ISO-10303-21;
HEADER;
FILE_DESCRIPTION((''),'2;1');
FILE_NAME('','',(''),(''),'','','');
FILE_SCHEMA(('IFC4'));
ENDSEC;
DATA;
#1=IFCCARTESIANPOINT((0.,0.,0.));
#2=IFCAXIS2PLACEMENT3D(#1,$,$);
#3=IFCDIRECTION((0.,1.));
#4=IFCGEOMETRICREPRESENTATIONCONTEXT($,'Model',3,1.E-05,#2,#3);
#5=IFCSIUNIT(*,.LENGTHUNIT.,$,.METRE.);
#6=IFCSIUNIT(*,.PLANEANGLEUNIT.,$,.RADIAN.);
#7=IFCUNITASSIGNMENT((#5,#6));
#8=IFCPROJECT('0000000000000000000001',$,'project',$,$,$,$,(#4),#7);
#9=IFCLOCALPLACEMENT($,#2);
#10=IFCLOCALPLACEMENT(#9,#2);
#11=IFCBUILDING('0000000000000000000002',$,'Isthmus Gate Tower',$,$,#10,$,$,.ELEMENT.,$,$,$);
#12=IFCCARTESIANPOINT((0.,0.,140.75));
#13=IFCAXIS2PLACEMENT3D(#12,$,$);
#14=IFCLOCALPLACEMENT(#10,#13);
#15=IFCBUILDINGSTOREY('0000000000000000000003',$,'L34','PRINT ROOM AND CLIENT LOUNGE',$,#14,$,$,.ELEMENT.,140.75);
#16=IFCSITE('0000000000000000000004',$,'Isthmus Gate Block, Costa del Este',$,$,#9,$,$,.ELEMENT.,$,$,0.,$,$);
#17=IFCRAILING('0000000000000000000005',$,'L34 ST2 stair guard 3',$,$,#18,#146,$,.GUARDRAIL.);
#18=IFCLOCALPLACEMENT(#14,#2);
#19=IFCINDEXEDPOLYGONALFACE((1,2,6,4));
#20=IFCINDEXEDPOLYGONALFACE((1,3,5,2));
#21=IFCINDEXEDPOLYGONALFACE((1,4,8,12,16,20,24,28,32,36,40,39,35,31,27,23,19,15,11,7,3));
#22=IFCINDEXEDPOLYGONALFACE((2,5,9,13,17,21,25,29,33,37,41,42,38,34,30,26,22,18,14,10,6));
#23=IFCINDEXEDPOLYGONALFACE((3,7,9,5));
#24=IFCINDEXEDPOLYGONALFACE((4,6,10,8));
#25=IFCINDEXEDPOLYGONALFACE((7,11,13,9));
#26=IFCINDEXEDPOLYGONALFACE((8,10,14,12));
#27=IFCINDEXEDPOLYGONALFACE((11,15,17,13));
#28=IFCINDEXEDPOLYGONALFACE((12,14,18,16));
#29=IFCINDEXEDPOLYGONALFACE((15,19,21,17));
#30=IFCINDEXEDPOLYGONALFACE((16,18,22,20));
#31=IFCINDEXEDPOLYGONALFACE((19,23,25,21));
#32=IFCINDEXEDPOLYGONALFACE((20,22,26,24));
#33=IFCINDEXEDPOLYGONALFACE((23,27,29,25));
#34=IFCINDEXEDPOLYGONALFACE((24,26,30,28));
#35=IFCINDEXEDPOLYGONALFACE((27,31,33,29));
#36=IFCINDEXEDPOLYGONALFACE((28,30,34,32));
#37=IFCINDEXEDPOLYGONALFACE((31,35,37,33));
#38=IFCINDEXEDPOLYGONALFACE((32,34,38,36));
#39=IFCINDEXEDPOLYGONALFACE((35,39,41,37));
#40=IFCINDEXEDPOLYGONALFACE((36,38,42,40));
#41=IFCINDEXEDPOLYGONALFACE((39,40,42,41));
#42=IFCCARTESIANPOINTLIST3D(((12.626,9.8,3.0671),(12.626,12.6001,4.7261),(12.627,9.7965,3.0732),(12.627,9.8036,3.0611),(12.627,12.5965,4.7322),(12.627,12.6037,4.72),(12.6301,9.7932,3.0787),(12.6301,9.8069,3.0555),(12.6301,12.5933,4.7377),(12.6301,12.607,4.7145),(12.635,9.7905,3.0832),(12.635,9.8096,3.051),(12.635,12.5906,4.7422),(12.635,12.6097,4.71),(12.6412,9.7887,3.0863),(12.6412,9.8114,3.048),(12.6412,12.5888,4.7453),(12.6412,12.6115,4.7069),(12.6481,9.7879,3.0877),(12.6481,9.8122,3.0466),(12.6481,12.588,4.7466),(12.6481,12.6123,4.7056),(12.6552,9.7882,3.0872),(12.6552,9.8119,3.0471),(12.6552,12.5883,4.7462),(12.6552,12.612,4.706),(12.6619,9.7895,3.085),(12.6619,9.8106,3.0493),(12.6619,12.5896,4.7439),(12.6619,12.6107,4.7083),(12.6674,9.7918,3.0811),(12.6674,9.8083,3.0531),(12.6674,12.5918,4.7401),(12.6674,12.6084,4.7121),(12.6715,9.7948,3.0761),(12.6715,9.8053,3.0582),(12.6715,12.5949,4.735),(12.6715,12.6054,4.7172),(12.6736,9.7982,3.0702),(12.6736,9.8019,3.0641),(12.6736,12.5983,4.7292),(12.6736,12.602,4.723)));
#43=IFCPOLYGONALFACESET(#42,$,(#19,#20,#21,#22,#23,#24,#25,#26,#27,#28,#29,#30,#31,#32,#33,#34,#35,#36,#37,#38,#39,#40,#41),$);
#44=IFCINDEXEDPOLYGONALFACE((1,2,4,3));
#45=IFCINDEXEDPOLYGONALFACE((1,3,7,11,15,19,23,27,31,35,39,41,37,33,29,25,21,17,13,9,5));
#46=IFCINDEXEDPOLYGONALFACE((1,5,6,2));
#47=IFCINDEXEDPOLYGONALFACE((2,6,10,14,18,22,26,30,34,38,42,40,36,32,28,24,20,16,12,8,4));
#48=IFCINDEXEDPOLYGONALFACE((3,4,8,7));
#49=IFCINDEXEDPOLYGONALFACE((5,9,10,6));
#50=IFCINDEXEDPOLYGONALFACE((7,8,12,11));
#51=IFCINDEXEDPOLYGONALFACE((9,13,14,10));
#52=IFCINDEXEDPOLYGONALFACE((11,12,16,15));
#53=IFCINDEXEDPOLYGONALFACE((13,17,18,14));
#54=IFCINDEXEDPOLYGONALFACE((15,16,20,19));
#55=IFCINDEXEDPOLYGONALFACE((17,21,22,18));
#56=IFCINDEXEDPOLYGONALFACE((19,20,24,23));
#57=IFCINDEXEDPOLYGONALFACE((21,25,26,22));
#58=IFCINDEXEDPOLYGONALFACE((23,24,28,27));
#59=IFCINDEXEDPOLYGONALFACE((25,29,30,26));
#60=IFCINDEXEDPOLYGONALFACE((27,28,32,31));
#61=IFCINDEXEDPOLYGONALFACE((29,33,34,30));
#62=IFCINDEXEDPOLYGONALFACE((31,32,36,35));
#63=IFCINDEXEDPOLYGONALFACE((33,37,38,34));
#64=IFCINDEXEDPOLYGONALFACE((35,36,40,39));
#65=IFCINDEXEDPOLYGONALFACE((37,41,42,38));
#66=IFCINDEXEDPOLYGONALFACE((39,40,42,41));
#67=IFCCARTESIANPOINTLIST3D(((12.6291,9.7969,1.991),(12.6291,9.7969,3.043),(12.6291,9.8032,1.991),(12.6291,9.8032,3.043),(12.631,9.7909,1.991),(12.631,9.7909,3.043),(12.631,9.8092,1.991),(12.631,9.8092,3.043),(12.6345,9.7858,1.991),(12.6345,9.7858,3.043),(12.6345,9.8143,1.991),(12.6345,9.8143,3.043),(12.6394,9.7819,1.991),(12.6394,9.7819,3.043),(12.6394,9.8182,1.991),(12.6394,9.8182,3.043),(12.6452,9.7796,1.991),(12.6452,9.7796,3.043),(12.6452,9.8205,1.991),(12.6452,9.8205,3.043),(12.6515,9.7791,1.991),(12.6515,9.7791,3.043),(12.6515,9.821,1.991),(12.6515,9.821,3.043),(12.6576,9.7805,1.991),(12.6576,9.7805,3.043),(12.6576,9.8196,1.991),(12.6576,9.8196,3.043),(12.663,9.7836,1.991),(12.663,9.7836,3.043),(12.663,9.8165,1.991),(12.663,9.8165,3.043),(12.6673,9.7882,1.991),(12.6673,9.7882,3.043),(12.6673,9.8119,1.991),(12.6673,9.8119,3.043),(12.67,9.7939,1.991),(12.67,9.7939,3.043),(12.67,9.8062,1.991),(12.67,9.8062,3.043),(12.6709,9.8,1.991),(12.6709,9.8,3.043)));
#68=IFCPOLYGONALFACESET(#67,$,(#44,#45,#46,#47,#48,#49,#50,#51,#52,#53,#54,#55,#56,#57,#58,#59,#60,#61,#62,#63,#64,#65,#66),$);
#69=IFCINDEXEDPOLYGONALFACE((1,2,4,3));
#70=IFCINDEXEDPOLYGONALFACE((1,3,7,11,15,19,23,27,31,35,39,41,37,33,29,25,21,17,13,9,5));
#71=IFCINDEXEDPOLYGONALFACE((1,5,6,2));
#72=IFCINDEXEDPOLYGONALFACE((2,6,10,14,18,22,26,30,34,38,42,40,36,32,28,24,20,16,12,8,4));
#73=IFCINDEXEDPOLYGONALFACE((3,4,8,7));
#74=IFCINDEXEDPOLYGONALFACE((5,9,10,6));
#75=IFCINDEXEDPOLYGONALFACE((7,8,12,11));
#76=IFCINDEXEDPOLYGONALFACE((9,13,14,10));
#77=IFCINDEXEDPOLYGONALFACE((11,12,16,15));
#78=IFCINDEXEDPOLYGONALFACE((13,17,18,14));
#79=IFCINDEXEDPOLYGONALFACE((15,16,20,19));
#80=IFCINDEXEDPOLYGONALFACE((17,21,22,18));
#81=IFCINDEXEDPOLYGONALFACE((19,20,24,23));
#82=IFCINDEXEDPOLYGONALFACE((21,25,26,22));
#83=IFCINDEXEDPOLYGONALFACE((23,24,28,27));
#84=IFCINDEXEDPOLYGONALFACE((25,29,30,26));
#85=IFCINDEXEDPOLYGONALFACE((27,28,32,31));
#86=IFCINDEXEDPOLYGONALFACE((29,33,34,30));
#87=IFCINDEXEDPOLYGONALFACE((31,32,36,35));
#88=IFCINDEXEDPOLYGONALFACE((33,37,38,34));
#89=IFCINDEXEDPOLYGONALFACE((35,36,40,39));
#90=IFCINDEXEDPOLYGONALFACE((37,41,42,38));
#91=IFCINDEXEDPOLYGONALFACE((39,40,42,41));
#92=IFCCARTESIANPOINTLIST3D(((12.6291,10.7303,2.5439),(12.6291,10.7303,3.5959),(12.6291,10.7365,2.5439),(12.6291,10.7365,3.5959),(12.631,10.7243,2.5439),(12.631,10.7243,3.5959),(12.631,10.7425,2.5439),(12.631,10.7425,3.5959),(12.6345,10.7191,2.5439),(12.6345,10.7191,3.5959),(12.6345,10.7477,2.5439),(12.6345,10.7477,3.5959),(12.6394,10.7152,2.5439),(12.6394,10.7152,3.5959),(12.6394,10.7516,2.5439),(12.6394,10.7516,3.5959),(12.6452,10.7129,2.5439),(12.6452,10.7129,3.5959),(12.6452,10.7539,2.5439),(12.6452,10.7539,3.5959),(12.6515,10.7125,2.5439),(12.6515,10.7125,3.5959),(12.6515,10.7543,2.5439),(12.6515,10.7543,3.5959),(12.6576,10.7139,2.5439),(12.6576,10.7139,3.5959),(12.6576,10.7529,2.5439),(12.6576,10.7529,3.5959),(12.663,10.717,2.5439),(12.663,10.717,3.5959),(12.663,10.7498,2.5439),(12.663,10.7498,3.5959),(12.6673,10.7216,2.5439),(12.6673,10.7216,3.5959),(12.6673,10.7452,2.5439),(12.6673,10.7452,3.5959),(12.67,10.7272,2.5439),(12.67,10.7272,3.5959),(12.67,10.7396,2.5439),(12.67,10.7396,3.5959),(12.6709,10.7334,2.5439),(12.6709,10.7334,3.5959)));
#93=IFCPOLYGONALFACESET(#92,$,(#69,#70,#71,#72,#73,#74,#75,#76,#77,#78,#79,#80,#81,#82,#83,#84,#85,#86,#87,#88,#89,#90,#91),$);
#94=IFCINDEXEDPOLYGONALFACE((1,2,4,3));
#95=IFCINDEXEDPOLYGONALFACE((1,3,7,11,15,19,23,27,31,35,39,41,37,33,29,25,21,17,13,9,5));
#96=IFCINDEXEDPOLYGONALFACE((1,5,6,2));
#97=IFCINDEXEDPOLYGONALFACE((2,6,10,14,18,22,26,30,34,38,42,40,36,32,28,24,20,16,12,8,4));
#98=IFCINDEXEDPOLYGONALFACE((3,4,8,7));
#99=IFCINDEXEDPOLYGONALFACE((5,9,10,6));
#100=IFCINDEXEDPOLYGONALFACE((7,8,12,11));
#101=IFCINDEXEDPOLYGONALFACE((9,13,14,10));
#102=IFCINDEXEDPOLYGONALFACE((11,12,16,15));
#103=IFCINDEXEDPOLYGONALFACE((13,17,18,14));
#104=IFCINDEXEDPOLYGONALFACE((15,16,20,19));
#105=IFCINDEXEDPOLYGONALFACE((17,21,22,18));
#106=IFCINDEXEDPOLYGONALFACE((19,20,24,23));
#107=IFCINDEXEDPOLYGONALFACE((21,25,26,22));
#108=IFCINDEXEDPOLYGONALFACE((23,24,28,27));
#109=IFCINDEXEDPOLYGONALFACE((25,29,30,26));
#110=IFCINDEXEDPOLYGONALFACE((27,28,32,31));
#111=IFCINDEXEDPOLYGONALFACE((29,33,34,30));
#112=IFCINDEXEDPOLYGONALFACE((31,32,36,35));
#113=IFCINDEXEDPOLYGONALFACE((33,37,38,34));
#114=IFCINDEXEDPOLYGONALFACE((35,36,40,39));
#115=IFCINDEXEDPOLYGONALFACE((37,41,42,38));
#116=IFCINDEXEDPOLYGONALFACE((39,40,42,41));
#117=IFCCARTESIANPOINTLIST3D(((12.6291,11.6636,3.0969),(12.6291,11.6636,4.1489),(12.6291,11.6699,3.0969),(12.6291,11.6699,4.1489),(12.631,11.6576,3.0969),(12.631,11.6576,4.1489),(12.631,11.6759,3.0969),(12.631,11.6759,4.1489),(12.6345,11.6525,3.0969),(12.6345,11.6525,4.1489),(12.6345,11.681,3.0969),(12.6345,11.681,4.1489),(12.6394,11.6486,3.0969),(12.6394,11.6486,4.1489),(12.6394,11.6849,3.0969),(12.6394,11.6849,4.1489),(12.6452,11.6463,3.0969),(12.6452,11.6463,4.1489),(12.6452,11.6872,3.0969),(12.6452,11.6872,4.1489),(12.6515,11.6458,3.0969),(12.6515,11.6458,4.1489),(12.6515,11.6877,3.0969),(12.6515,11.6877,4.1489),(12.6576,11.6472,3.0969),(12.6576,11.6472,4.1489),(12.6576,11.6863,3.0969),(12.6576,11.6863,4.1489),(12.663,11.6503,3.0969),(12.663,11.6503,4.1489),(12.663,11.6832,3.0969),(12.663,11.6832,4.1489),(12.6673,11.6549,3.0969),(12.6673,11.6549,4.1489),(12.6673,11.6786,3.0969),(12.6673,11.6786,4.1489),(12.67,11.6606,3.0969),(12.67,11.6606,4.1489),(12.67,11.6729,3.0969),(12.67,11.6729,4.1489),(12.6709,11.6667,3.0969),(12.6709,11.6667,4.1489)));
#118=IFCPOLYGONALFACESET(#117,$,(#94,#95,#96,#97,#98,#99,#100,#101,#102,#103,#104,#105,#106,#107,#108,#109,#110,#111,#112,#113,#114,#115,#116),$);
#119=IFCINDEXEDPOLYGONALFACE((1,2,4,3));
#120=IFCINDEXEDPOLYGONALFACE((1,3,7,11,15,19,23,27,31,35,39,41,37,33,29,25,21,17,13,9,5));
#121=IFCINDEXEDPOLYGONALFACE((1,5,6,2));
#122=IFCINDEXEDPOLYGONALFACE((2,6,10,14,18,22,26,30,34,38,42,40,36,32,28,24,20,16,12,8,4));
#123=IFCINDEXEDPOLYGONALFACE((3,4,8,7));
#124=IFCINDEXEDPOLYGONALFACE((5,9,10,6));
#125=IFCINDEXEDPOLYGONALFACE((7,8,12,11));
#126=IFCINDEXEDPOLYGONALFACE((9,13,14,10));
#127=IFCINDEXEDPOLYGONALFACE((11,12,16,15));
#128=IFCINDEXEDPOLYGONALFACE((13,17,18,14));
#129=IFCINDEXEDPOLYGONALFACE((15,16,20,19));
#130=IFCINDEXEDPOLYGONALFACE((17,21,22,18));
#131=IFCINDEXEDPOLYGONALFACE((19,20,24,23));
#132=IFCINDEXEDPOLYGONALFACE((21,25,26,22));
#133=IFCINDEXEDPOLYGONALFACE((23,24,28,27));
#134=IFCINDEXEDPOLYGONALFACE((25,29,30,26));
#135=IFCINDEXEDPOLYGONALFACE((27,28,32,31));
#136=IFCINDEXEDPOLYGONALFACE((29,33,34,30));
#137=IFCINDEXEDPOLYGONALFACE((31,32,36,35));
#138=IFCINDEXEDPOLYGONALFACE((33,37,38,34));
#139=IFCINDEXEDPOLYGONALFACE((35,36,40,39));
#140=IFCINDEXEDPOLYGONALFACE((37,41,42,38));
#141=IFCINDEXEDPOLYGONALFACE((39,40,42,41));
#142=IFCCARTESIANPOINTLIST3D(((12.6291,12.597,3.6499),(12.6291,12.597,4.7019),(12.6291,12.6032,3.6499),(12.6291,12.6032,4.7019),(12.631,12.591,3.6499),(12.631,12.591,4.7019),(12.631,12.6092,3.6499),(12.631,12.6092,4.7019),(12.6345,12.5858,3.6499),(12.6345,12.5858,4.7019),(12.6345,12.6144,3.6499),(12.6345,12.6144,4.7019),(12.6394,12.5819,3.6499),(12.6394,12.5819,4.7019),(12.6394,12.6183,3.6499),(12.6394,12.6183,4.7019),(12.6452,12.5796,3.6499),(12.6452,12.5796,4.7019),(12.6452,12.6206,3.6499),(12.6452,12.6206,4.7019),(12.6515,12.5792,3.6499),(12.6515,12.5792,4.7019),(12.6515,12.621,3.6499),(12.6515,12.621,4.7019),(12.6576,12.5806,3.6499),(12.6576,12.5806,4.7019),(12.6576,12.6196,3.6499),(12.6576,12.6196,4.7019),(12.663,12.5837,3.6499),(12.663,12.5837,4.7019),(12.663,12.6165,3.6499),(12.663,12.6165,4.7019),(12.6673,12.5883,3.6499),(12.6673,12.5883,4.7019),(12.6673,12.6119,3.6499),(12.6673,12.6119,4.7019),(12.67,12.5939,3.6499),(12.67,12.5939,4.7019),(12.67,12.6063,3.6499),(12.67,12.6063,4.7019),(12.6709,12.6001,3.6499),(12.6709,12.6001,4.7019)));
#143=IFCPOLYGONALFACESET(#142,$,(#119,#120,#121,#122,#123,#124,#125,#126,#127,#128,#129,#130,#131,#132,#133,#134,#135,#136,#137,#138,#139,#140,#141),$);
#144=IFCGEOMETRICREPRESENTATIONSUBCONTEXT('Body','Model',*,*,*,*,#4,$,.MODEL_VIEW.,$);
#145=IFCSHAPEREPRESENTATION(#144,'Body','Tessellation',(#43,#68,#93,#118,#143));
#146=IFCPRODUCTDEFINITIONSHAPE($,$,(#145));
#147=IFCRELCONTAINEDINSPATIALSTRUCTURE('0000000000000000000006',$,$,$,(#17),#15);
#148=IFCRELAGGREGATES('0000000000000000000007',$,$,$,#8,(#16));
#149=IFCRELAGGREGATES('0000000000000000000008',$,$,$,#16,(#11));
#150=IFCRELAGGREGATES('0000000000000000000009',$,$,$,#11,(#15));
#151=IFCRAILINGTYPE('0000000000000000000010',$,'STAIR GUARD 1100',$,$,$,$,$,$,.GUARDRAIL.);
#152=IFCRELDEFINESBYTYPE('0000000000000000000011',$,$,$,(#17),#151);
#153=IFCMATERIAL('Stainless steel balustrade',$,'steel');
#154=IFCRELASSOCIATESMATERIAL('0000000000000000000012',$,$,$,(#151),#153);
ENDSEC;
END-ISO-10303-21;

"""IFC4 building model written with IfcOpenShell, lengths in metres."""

from ifc_helpers import new_model, si_unit, direction, frame, origin, origin_2d, place, context, subcontext, project, spatial, circle, extrude, material, type_object, element, save


model = new_model("IFC4")

# Units and contexts
model_context = context("Model", 3, precision=1e-05, world=origin(), true_north=direction((0.0, 1.0)))
body_context = subcontext(model_context, "Body", "Model", "MODEL_VIEW")
ifc_project = project(units=[si_unit("LENGTHUNIT", "METRE"), si_unit("PLANEANGLEUNIT", "RADIAN")], contexts=[model_context])

# Site, building, storey
site_placement = place(None, origin())
site = spatial("IfcSite", under=ifc_project, at=site_placement, Name="Isthmus Gate Block, Costa del Este", CompositionType="ELEMENT", RefElevation=0.0)
building_placement = place(site_placement, origin())
building = spatial("IfcBuilding", under=site, at=building_placement, Name="Isthmus Gate Tower", CompositionType="ELEMENT")
storey_placement = place(building_placement, frame((0.0, 0.0, 140.75)))
storey = spatial("IfcBuildingStorey", under=building, at=storey_placement, Name="L34", Description="PRINT ROOM AND CLIENT LOUNGE", CompositionType="ELEMENT", Elevation=140.75)

# Railing
ifc_material_1 = material(Name="Stainless steel balustrade", Category="steel")
railing_type_1 = type_object("IfcRailingType", Name="STAIR GUARD 1100", PredefinedType="GUARDRAIL", material=ifc_material_1)
railing_1_placement = place(storey_placement, frame((12.6499, 9.8, 1.991)))
element("IfcRailing", 1, at=railing_1_placement, inside=storey, type_object=railing_type_1, Name="L34 ST2 stair guard 3", PredefinedType="GUARDRAIL", context=body_context, shape_type="SweptSolid", body=[
    extrude(circle(Radius=0.0239, at=origin_2d()), frame((0.0, 0.0, 1.0762), z_axis=(0.0, 0.860339, 0.509722), x_axis=(-1.0, 0.0, 0.0)), (0.0, 0.0, 1.0), 3.2546),
    extrude(circle(Radius=0.021, at=origin_2d()), origin(), (0.0, 0.0, 1.0), 1.052),
    extrude(circle(Radius=0.021, at=origin_2d()), frame((0.0, 0.9333, 0.553)), (0.0, 0.0, 1.0), 1.052),
    extrude(circle(Radius=0.021, at=origin_2d()), frame((0.0, 1.8667, 1.106)), (0.0, 0.0, 1.0), 1.052),
    extrude(circle(Radius=0.021, at=origin_2d()), frame((0.0, 2.8, 1.6589)), (0.0, 0.0, 1.0), 1.052),
])

save(model, "model.ifc")
